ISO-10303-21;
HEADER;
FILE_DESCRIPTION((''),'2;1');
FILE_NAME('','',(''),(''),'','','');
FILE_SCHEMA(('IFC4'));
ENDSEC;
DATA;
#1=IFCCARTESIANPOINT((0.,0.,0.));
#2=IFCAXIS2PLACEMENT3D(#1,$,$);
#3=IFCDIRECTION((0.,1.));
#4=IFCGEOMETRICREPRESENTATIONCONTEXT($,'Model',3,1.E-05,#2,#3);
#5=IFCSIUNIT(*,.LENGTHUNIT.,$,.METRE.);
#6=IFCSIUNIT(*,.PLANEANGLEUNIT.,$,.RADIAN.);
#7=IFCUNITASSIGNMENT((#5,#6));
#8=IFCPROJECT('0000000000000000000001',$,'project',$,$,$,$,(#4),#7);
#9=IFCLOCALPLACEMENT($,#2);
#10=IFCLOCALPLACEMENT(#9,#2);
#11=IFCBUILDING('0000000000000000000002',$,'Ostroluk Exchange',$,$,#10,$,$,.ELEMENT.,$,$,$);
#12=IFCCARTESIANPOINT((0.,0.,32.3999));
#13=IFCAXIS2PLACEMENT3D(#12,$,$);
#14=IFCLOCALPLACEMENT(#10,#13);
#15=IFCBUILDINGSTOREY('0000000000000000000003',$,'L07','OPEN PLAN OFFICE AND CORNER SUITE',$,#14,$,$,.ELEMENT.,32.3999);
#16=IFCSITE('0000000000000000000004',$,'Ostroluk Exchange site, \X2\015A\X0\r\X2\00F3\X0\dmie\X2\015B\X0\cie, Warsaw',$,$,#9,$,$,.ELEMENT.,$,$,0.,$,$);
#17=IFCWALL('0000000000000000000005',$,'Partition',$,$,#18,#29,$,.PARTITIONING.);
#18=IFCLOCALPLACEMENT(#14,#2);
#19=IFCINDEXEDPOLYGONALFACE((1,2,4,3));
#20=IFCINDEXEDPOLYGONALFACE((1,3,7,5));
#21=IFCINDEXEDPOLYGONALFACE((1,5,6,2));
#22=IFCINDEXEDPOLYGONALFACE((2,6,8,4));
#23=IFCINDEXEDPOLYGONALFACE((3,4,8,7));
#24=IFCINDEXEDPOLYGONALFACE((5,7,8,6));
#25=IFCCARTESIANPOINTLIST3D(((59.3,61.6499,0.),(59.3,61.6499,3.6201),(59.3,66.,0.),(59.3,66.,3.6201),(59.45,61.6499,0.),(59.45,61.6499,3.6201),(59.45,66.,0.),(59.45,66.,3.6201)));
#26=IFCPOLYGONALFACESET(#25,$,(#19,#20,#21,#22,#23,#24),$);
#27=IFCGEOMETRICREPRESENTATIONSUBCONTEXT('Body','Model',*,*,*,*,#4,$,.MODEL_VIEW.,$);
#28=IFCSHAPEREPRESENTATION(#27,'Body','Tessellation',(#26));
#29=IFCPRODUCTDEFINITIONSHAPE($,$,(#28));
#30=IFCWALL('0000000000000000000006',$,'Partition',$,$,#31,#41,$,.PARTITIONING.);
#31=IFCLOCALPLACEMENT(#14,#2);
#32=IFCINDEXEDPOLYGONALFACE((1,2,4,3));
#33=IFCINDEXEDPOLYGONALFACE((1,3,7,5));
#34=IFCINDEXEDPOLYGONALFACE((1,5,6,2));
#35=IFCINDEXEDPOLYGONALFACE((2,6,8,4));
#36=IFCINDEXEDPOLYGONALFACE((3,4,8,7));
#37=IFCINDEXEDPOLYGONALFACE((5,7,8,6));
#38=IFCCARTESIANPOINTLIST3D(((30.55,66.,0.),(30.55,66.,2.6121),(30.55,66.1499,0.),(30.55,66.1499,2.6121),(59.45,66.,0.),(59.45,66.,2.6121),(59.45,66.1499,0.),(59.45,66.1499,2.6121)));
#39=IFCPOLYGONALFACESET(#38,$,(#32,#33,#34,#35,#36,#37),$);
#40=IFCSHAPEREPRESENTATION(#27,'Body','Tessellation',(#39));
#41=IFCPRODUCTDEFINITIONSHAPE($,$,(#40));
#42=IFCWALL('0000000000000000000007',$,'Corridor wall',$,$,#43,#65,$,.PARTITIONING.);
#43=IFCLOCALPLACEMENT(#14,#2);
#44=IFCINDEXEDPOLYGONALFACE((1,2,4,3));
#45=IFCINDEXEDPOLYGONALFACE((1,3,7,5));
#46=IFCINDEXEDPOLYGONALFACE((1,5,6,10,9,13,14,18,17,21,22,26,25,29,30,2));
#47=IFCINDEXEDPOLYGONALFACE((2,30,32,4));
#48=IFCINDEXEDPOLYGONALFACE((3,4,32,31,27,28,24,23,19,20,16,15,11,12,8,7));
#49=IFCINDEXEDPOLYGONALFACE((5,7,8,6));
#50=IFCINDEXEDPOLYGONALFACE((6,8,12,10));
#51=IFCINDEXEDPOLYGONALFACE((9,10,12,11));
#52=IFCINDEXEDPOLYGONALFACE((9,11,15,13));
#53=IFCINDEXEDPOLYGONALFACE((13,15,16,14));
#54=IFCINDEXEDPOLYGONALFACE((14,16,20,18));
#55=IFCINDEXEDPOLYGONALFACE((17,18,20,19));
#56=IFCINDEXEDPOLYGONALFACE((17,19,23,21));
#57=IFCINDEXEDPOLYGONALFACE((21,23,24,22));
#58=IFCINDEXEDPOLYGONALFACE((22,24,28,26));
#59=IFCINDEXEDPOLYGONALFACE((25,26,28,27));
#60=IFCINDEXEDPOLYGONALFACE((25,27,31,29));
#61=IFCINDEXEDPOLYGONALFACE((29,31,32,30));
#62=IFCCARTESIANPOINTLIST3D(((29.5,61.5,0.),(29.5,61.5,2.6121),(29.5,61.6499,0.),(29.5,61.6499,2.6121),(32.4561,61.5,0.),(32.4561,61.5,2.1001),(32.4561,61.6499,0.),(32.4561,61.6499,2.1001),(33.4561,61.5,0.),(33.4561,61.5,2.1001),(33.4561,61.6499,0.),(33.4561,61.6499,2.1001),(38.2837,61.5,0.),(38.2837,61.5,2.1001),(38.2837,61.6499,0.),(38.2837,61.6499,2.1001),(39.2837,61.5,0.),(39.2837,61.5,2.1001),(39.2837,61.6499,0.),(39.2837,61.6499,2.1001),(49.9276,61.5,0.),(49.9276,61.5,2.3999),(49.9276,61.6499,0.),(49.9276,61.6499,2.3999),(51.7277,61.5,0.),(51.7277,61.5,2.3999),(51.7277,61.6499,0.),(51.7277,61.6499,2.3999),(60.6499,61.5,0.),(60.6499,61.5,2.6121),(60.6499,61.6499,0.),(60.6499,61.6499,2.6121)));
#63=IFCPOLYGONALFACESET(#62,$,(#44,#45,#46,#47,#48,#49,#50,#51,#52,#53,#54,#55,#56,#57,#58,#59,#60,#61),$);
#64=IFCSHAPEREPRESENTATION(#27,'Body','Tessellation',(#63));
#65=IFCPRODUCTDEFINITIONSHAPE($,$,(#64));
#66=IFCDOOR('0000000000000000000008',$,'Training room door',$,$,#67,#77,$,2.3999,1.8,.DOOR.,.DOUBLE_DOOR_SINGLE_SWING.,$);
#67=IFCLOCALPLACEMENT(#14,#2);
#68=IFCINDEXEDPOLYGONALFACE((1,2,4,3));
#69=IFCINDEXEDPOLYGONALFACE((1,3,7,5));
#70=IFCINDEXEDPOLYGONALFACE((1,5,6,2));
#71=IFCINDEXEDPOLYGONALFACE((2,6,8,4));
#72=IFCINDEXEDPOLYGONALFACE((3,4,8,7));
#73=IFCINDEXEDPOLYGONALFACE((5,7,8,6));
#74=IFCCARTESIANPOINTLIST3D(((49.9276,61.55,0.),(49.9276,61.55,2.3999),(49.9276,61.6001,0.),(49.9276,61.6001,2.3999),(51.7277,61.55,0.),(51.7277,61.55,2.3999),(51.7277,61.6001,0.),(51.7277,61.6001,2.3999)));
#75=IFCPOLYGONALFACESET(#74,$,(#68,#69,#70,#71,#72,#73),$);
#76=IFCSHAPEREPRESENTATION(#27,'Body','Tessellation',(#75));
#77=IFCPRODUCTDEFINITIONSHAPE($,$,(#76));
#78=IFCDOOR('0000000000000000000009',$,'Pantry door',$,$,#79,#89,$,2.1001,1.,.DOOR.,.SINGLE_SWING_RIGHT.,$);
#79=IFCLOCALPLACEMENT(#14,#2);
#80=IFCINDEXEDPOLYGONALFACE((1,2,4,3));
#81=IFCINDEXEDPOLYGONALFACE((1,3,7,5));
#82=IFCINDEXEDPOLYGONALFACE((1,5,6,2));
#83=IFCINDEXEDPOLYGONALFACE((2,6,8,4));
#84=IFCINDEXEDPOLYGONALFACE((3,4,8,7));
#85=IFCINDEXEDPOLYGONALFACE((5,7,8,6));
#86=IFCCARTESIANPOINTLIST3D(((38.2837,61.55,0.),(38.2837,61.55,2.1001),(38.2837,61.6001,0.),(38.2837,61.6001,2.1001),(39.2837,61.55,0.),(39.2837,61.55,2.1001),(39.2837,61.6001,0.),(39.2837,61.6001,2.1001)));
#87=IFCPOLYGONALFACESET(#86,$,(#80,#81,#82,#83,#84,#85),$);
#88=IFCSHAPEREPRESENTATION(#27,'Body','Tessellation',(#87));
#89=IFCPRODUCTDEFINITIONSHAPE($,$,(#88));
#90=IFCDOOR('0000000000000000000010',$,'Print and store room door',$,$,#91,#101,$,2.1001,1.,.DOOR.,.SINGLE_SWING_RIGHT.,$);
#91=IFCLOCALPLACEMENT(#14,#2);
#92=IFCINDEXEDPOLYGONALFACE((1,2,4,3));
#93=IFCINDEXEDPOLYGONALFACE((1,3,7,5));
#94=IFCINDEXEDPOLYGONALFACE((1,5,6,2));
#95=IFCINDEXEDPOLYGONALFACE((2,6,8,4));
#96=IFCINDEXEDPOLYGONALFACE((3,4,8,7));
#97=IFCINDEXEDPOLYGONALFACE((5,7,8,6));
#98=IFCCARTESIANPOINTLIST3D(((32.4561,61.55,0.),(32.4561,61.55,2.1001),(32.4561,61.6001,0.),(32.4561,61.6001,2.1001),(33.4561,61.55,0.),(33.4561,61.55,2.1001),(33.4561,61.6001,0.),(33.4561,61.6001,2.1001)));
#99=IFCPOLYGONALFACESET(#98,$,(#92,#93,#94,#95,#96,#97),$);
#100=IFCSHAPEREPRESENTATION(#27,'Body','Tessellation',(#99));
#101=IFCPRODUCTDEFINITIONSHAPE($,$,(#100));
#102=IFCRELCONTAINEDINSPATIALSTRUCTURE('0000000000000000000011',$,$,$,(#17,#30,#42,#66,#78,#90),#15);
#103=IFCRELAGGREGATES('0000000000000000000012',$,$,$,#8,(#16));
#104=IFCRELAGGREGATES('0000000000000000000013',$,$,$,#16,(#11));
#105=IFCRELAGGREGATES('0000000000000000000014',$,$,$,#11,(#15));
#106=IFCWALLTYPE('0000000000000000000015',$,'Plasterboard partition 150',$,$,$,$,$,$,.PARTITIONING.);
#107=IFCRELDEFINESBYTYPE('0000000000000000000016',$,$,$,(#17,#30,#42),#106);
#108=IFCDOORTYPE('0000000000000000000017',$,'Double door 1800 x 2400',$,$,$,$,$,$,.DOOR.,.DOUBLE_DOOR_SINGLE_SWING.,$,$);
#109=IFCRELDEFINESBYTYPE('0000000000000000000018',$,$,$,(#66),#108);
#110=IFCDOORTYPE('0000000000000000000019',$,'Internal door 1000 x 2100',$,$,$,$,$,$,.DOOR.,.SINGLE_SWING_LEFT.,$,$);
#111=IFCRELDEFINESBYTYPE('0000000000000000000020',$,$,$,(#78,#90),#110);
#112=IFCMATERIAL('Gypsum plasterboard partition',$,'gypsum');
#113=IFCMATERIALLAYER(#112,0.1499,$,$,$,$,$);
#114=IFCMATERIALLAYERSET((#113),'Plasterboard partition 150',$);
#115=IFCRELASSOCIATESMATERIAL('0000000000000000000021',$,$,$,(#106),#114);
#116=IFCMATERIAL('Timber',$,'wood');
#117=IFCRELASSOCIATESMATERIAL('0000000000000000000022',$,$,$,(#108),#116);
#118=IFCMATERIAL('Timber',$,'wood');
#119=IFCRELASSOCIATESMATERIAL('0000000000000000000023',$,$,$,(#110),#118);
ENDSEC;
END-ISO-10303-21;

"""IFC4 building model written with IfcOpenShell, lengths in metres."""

from ifc_helpers import new_model, si_unit, direction, frame, frame_2d, origin, place, context, subcontext, project, spatial, rectangle, extrude, material, layer, layer_set, type_object, element, fill, save


model = new_model("IFC4")

# Units and contexts
model_context = context("Model", 3, precision=1e-05, world=origin(), true_north=direction((0.0, 1.0)))
body_context = subcontext(model_context, "Body", "Model", "MODEL_VIEW")
ifc_project = project(units=[si_unit("LENGTHUNIT", "METRE"), si_unit("PLANEANGLEUNIT", "RADIAN")], contexts=[model_context])

# Site, building, storey
site_placement = place(None, origin())
site = spatial("IfcSite", under=ifc_project, at=site_placement, Name="Ostroluk Exchange site, Śródmieście, Warsaw", CompositionType="ELEMENT", RefElevation=0.0)
building_placement = place(site_placement, origin())
building = spatial("IfcBuilding", under=site, at=building_placement, Name="Ostroluk Exchange", CompositionType="ELEMENT")
storey_placement = place(building_placement, frame((0.0, 0.0, 32.3999)))
storey = spatial("IfcBuildingStorey", under=building, at=storey_placement, Name="L07", Description="OPEN PLAN OFFICE AND CORNER SUITE", CompositionType="ELEMENT", Elevation=32.3999)

# Walls
ifc_material_1 = material(Name="Gypsum plasterboard partition", Category="gypsum")
ifc_layer_1 = layer(ifc_material_1, 0.1499)
ifc_layer_set_1 = layer_set([ifc_layer_1], Name="Plasterboard partition 150")
wall_type_1 = type_object("IfcWallType", Name="Plasterboard partition 150", PredefinedType="PARTITIONING", material=ifc_layer_set_1)
wall_1_placement = place(storey_placement, frame((59.375, 61.6499, 0.0), z_axis=(0.0, 0.0, 1.0), x_axis=(0.0, 1.0, 0.0)))
element("IfcWall", 1, at=wall_1_placement, inside=storey, type_object=wall_type_1, Name="Partition", PredefinedType="PARTITIONING", context=body_context, shape_type="SweptSolid", body=[
    extrude(rectangle(XDim=4.3501, YDim=0.1499, at=frame_2d((2.175, 0.0))), origin(), (0.0, 0.0, 1.0), 3.6201),
])
wall_2_placement = place(storey_placement, frame((59.45, 66.075, 0.0), z_axis=(0.0, 0.0, 1.0), x_axis=(-1.0, 0.0, 0.0)))
element("IfcWall", 2, at=wall_2_placement, inside=storey, type_object=wall_type_1, Name="Partition", PredefinedType="PARTITIONING", context=body_context, shape_type="SweptSolid", body=[
    extrude(rectangle(XDim=28.8999, YDim=0.1499, at=frame_2d((14.45, 0.0))), origin(), (0.0, 0.0, 1.0), 2.6121),
])

# Wall, openings, doors
wall_3_placement = place(storey_placement, frame((60.6499, 61.575, 0.0), z_axis=(0.0, 0.0, 1.0), x_axis=(-1.0, 0.0, 0.0)))
wall_3 = element("IfcWall", 3, at=wall_3_placement, inside=storey, type_object=wall_type_1, Name="Corridor wall", PredefinedType="PARTITIONING", context=body_context, shape_type="SweptSolid", body=[
    extrude(rectangle(XDim=31.1499, YDim=0.1499, at=frame_2d((15.575, 0.0))), origin(), (0.0, 0.0, 1.0), 2.6121),
])
opening_1_placement = place(wall_3_placement, frame((8.9224, 0.0, 0.0)))
opening_1 = element("IfcOpeningElement", 4, at=opening_1_placement, cuts=wall_3, PredefinedType="OPENING", context=body_context, shape_type="SweptSolid", body=[
    extrude(rectangle(XDim=1.8, YDim=2.3999, at=frame_2d((0.8999, 1.2))), frame((0.0, 0.085, 0.0), z_axis=(0.0, -1.0, 0.0), x_axis=(1.0, 0.0, 0.0)), (0.0, 0.0, 1.0), 0.1699),
])
opening_2_placement = place(wall_3_placement, frame((21.3662, 0.0, 0.0)))
opening_2 = element("IfcOpeningElement", 5, at=opening_2_placement, cuts=wall_3, PredefinedType="OPENING", context=body_context, shape_type="SweptSolid", body=[
    extrude(rectangle(XDim=1.0, YDim=2.1001, at=frame_2d((0.5, 1.05))), frame((0.0, 0.085, 0.0), z_axis=(0.0, -1.0, 0.0), x_axis=(1.0, 0.0, 0.0)), (0.0, 0.0, 1.0), 0.1699),
])
opening_3_placement = place(wall_3_placement, frame((27.1938, 0.0, 0.0)))
opening_3 = element("IfcOpeningElement", 6, at=opening_3_placement, cuts=wall_3, PredefinedType="OPENING", context=body_context, shape_type="SweptSolid", body=[
    extrude(rectangle(XDim=1.0, YDim=2.1001, at=frame_2d((0.5, 1.05))), frame((0.0, 0.085, 0.0), z_axis=(0.0, -1.0, 0.0), x_axis=(1.0, 0.0, 0.0)), (0.0, 0.0, 1.0), 0.1699),
])
ifc_material_2 = material(Name="Timber", Category="wood")
door_type_1 = type_object("IfcDoorType", Name="Double door 1800 x 2400", OperationType="DOUBLE_DOOR_SINGLE_SWING", PredefinedType="DOOR", material=ifc_material_2)
door_1_placement = place(opening_1_placement, origin())
door_1 = element("IfcDoor", 7, at=door_1_placement, inside=storey, type_object=door_type_1, Name="Training room door", OperationType="DOUBLE_DOOR_SINGLE_SWING", OverallHeight=2.3999, OverallWidth=1.8, PredefinedType="DOOR", context=body_context, shape_type="SweptSolid", body=[
    extrude(rectangle(XDim=1.8, YDim=2.3999, at=frame_2d((0.8999, 1.2))), frame((0.0, 0.0249, 0.0), z_axis=(0.0, -1.0, 0.0), x_axis=(1.0, 0.0, 0.0)), (0.0, 0.0, 1.0), 0.05),
])
fill(opening_1, door_1)
ifc_material_3 = material(Name="Timber", Category="wood")
door_type_2 = type_object("IfcDoorType", Name="Internal door 1000 x 2100", OperationType="SINGLE_SWING_LEFT", PredefinedType="DOOR", material=ifc_material_3)
door_2_placement = place(opening_2_placement, origin())
door_2 = element("IfcDoor", 8, at=door_2_placement, inside=storey, type_object=door_type_2, Name="Pantry door", OperationType="SINGLE_SWING_RIGHT", OverallHeight=2.1001, OverallWidth=1.0, PredefinedType="DOOR", context=body_context, shape_type="SweptSolid", body=[
    extrude(rectangle(XDim=1.0, YDim=2.1001, at=frame_2d((0.5, 1.05))), frame((0.0, 0.0249, 0.0), z_axis=(0.0, -1.0, 0.0), x_axis=(1.0, 0.0, 0.0)), (0.0, 0.0, 1.0), 0.05),
])
fill(opening_2, door_2)
door_3_placement = place(opening_3_placement, origin())
door_3 = element("IfcDoor", 9, at=door_3_placement, inside=storey, type_object=door_type_2, Name="Print and store room door", OperationType="SINGLE_SWING_RIGHT", OverallHeight=2.1001, OverallWidth=1.0, PredefinedType="DOOR", context=body_context, shape_type="SweptSolid", body=[
    extrude(rectangle(XDim=1.0, YDim=2.1001, at=frame_2d((0.5, 1.05))), frame((0.0, 0.0249, 0.0), z_axis=(0.0, -1.0, 0.0), x_axis=(1.0, 0.0, 0.0)), (0.0, 0.0, 1.0), 0.05),
])
fill(opening_3, door_3)

save(model, "model.ifc")
